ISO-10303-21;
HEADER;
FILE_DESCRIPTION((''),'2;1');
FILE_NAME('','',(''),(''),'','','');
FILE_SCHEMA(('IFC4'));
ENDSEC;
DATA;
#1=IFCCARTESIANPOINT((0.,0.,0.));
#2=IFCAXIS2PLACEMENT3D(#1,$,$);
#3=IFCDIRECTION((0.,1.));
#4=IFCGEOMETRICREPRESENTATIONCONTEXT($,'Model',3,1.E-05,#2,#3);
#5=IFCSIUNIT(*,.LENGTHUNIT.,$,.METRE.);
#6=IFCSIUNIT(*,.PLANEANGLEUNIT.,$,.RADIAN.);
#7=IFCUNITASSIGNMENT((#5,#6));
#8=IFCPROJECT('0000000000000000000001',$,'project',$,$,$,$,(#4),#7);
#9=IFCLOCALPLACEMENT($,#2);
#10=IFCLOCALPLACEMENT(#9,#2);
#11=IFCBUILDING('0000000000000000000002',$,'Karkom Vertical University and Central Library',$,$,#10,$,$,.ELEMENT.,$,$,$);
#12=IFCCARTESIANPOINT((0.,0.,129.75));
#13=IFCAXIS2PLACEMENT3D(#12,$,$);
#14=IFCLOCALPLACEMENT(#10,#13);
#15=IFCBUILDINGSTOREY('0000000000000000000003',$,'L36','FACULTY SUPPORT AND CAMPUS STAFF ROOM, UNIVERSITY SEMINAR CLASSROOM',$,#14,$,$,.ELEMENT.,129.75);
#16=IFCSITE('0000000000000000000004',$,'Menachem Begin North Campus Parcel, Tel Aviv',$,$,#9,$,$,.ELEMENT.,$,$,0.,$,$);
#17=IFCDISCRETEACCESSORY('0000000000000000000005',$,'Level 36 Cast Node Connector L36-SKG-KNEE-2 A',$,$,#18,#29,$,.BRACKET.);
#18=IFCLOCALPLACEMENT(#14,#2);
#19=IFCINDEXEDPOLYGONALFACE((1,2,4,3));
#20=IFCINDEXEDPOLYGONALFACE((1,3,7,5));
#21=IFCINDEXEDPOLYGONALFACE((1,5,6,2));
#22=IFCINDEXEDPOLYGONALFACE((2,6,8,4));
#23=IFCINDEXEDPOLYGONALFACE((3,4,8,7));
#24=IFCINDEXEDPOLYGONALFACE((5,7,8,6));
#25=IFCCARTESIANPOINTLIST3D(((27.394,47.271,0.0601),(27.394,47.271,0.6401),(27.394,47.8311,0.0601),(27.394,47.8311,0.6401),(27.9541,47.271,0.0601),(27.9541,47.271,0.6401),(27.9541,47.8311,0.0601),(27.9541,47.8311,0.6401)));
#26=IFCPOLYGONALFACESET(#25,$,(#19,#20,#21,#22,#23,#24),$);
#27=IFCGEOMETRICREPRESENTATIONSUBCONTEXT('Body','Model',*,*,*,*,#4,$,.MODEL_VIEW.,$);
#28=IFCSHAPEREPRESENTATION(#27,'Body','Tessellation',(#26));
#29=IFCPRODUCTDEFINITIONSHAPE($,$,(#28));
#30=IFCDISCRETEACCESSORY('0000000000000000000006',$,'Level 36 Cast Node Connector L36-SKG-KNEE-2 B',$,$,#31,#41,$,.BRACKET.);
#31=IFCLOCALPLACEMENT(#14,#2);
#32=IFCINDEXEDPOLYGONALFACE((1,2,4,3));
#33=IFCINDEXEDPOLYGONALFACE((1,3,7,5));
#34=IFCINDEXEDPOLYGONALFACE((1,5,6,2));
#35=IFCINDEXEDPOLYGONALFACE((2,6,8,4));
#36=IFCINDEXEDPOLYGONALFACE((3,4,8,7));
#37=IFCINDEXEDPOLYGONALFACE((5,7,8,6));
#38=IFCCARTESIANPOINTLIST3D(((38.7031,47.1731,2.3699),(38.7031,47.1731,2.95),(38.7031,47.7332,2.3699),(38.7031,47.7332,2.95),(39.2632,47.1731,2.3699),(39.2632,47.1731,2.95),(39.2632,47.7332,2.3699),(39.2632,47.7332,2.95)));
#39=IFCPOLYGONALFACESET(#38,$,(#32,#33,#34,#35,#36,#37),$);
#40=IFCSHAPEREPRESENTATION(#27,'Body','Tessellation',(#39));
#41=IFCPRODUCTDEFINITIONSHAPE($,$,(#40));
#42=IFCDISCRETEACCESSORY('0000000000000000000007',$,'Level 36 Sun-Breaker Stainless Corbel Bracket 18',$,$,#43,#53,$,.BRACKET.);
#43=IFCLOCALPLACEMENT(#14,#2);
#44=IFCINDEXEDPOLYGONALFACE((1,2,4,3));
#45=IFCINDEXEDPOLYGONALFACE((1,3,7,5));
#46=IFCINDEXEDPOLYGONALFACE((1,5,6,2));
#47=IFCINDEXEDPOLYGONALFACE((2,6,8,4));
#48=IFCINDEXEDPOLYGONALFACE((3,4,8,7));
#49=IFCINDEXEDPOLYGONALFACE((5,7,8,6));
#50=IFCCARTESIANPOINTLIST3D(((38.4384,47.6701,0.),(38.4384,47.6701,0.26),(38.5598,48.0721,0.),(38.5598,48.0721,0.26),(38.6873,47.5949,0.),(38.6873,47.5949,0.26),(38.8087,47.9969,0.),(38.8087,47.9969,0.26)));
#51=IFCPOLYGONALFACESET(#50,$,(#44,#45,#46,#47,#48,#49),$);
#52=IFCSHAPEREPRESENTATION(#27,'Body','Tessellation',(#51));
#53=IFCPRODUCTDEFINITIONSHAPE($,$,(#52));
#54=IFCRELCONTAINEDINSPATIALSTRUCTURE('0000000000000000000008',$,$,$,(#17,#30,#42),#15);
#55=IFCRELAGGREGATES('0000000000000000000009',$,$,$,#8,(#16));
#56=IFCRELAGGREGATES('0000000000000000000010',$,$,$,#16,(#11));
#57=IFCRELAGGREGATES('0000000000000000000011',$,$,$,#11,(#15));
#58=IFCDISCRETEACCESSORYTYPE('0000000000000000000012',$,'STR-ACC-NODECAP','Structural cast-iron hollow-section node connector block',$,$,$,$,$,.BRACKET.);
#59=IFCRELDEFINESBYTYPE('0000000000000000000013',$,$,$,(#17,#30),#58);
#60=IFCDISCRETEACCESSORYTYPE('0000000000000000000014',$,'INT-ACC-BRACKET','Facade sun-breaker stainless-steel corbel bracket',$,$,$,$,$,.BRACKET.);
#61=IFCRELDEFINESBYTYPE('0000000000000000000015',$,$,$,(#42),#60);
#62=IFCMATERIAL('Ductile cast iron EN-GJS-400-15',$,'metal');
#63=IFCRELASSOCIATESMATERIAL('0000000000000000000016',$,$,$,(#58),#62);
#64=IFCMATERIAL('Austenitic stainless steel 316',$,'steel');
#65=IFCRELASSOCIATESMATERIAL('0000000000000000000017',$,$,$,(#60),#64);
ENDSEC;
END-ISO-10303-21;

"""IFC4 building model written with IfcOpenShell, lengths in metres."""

from ifc_helpers import new_model, si_unit, direction, frame, origin, origin_with_axes, origin_2d, place, context, subcontext, project, spatial, rectangle, extrude, source, transform, mapped, material, type_object, element, save


model = new_model("IFC4")

# Units and contexts
model_context = context("Model", 3, precision=1e-05, world=origin(), true_north=direction((0.0, 1.0)))
body_context = subcontext(model_context, "Body", "Model", "MODEL_VIEW")
ifc_project = project(units=[si_unit("LENGTHUNIT", "METRE"), si_unit("PLANEANGLEUNIT", "RADIAN")], contexts=[model_context])

# Site, building, storey
site_placement = place(None, origin())
site = spatial("IfcSite", under=ifc_project, at=site_placement, Name="Menachem Begin North Campus Parcel, Tel Aviv", CompositionType="ELEMENT", RefElevation=0.0)
building_placement = place(site_placement, origin())
building = spatial("IfcBuilding", under=site, at=building_placement, Name="Karkom Vertical University and Central Library", CompositionType="ELEMENT")
storey_placement = place(building_placement, frame((0.0, 0.0, 129.75)))
storey = spatial("IfcBuildingStorey", under=building, at=storey_placement, Name="L36", Description="FACULTY SUPPORT AND CAMPUS STAFF ROOM, UNIVERSITY SEMINAR CLASSROOM", CompositionType="ELEMENT", Elevation=129.75)

# Discrete accessories
ifc_material_1 = material(Name="Ductile cast iron EN-GJS-400-15", Category="metal")
discrete_accessory_type_1 = type_object("IfcDiscreteAccessoryType", Name="STR-ACC-NODECAP", Description="Structural cast-iron hollow-section node connector block", PredefinedType="BRACKET", material=ifc_material_1)
shared_shape_1 = source(origin_with_axes(), body_context, "Body", "SweptSolid", [
    extrude(rectangle(XDim=0.5601, YDim=0.5601, at=origin_2d()), origin(), (0.0, 0.0, 1.0), 0.5801),
])
for number, where, z_axis, x_axis, name in (
    (1, (27.6741, 47.551, 0.0601), (0.0, 0.0, 1.0), (1.0, 0.0, 0.0), "Level 36 Cast Node Connector L36-SKG-KNEE-2 A"),
    (2, (38.9832, 47.4531, 2.3699), (0.0, 0.0, 1.0), (1.0, 0.0, 0.0), "Level 36 Cast Node Connector L36-SKG-KNEE-2 B"),
):
    element("IfcDiscreteAccessory", number, at=place(storey_placement, frame(where, z_axis=z_axis, x_axis=x_axis)), inside=storey, type_object=discrete_accessory_type_1, Name=name, PredefinedType="BRACKET", context=body_context, shape_type="MappedRepresentation", body=[
        mapped(shared_shape_1, transform((0.0, 0.0, 0.0), scale=1.0)),
    ])
ifc_material_2 = material(Name="Austenitic stainless steel 316", Category="steel")
discrete_accessory_type_2 = type_object("IfcDiscreteAccessoryType", Name="INT-ACC-BRACKET", Description="Facade sun-breaker stainless-steel corbel bracket", PredefinedType="BRACKET", material=ifc_material_2)
shared_shape_2 = source(origin_with_axes(), body_context, "Body", "SweptSolid", [
    extrude(rectangle(XDim=0.26, YDim=0.4199, at=origin_2d()), origin(), (0.0, 0.0, 1.0), 0.26),
])
discrete_accessory_placement = place(storey_placement, frame((38.6235, 47.8335, 0.0), z_axis=(0.0, 0.0, 1.0), x_axis=(-0.957319, 0.289032, 0.0)))
element("IfcDiscreteAccessory", 3, at=discrete_accessory_placement, inside=storey, type_object=discrete_accessory_type_2, Name="Level 36 Sun-Breaker Stainless Corbel Bracket 18", PredefinedType="BRACKET", context=body_context, shape_type="MappedRepresentation", body=[
    mapped(shared_shape_2, transform((0.0, 0.0, 0.0), scale=1.0)),
])

save(model, "model.ifc")
